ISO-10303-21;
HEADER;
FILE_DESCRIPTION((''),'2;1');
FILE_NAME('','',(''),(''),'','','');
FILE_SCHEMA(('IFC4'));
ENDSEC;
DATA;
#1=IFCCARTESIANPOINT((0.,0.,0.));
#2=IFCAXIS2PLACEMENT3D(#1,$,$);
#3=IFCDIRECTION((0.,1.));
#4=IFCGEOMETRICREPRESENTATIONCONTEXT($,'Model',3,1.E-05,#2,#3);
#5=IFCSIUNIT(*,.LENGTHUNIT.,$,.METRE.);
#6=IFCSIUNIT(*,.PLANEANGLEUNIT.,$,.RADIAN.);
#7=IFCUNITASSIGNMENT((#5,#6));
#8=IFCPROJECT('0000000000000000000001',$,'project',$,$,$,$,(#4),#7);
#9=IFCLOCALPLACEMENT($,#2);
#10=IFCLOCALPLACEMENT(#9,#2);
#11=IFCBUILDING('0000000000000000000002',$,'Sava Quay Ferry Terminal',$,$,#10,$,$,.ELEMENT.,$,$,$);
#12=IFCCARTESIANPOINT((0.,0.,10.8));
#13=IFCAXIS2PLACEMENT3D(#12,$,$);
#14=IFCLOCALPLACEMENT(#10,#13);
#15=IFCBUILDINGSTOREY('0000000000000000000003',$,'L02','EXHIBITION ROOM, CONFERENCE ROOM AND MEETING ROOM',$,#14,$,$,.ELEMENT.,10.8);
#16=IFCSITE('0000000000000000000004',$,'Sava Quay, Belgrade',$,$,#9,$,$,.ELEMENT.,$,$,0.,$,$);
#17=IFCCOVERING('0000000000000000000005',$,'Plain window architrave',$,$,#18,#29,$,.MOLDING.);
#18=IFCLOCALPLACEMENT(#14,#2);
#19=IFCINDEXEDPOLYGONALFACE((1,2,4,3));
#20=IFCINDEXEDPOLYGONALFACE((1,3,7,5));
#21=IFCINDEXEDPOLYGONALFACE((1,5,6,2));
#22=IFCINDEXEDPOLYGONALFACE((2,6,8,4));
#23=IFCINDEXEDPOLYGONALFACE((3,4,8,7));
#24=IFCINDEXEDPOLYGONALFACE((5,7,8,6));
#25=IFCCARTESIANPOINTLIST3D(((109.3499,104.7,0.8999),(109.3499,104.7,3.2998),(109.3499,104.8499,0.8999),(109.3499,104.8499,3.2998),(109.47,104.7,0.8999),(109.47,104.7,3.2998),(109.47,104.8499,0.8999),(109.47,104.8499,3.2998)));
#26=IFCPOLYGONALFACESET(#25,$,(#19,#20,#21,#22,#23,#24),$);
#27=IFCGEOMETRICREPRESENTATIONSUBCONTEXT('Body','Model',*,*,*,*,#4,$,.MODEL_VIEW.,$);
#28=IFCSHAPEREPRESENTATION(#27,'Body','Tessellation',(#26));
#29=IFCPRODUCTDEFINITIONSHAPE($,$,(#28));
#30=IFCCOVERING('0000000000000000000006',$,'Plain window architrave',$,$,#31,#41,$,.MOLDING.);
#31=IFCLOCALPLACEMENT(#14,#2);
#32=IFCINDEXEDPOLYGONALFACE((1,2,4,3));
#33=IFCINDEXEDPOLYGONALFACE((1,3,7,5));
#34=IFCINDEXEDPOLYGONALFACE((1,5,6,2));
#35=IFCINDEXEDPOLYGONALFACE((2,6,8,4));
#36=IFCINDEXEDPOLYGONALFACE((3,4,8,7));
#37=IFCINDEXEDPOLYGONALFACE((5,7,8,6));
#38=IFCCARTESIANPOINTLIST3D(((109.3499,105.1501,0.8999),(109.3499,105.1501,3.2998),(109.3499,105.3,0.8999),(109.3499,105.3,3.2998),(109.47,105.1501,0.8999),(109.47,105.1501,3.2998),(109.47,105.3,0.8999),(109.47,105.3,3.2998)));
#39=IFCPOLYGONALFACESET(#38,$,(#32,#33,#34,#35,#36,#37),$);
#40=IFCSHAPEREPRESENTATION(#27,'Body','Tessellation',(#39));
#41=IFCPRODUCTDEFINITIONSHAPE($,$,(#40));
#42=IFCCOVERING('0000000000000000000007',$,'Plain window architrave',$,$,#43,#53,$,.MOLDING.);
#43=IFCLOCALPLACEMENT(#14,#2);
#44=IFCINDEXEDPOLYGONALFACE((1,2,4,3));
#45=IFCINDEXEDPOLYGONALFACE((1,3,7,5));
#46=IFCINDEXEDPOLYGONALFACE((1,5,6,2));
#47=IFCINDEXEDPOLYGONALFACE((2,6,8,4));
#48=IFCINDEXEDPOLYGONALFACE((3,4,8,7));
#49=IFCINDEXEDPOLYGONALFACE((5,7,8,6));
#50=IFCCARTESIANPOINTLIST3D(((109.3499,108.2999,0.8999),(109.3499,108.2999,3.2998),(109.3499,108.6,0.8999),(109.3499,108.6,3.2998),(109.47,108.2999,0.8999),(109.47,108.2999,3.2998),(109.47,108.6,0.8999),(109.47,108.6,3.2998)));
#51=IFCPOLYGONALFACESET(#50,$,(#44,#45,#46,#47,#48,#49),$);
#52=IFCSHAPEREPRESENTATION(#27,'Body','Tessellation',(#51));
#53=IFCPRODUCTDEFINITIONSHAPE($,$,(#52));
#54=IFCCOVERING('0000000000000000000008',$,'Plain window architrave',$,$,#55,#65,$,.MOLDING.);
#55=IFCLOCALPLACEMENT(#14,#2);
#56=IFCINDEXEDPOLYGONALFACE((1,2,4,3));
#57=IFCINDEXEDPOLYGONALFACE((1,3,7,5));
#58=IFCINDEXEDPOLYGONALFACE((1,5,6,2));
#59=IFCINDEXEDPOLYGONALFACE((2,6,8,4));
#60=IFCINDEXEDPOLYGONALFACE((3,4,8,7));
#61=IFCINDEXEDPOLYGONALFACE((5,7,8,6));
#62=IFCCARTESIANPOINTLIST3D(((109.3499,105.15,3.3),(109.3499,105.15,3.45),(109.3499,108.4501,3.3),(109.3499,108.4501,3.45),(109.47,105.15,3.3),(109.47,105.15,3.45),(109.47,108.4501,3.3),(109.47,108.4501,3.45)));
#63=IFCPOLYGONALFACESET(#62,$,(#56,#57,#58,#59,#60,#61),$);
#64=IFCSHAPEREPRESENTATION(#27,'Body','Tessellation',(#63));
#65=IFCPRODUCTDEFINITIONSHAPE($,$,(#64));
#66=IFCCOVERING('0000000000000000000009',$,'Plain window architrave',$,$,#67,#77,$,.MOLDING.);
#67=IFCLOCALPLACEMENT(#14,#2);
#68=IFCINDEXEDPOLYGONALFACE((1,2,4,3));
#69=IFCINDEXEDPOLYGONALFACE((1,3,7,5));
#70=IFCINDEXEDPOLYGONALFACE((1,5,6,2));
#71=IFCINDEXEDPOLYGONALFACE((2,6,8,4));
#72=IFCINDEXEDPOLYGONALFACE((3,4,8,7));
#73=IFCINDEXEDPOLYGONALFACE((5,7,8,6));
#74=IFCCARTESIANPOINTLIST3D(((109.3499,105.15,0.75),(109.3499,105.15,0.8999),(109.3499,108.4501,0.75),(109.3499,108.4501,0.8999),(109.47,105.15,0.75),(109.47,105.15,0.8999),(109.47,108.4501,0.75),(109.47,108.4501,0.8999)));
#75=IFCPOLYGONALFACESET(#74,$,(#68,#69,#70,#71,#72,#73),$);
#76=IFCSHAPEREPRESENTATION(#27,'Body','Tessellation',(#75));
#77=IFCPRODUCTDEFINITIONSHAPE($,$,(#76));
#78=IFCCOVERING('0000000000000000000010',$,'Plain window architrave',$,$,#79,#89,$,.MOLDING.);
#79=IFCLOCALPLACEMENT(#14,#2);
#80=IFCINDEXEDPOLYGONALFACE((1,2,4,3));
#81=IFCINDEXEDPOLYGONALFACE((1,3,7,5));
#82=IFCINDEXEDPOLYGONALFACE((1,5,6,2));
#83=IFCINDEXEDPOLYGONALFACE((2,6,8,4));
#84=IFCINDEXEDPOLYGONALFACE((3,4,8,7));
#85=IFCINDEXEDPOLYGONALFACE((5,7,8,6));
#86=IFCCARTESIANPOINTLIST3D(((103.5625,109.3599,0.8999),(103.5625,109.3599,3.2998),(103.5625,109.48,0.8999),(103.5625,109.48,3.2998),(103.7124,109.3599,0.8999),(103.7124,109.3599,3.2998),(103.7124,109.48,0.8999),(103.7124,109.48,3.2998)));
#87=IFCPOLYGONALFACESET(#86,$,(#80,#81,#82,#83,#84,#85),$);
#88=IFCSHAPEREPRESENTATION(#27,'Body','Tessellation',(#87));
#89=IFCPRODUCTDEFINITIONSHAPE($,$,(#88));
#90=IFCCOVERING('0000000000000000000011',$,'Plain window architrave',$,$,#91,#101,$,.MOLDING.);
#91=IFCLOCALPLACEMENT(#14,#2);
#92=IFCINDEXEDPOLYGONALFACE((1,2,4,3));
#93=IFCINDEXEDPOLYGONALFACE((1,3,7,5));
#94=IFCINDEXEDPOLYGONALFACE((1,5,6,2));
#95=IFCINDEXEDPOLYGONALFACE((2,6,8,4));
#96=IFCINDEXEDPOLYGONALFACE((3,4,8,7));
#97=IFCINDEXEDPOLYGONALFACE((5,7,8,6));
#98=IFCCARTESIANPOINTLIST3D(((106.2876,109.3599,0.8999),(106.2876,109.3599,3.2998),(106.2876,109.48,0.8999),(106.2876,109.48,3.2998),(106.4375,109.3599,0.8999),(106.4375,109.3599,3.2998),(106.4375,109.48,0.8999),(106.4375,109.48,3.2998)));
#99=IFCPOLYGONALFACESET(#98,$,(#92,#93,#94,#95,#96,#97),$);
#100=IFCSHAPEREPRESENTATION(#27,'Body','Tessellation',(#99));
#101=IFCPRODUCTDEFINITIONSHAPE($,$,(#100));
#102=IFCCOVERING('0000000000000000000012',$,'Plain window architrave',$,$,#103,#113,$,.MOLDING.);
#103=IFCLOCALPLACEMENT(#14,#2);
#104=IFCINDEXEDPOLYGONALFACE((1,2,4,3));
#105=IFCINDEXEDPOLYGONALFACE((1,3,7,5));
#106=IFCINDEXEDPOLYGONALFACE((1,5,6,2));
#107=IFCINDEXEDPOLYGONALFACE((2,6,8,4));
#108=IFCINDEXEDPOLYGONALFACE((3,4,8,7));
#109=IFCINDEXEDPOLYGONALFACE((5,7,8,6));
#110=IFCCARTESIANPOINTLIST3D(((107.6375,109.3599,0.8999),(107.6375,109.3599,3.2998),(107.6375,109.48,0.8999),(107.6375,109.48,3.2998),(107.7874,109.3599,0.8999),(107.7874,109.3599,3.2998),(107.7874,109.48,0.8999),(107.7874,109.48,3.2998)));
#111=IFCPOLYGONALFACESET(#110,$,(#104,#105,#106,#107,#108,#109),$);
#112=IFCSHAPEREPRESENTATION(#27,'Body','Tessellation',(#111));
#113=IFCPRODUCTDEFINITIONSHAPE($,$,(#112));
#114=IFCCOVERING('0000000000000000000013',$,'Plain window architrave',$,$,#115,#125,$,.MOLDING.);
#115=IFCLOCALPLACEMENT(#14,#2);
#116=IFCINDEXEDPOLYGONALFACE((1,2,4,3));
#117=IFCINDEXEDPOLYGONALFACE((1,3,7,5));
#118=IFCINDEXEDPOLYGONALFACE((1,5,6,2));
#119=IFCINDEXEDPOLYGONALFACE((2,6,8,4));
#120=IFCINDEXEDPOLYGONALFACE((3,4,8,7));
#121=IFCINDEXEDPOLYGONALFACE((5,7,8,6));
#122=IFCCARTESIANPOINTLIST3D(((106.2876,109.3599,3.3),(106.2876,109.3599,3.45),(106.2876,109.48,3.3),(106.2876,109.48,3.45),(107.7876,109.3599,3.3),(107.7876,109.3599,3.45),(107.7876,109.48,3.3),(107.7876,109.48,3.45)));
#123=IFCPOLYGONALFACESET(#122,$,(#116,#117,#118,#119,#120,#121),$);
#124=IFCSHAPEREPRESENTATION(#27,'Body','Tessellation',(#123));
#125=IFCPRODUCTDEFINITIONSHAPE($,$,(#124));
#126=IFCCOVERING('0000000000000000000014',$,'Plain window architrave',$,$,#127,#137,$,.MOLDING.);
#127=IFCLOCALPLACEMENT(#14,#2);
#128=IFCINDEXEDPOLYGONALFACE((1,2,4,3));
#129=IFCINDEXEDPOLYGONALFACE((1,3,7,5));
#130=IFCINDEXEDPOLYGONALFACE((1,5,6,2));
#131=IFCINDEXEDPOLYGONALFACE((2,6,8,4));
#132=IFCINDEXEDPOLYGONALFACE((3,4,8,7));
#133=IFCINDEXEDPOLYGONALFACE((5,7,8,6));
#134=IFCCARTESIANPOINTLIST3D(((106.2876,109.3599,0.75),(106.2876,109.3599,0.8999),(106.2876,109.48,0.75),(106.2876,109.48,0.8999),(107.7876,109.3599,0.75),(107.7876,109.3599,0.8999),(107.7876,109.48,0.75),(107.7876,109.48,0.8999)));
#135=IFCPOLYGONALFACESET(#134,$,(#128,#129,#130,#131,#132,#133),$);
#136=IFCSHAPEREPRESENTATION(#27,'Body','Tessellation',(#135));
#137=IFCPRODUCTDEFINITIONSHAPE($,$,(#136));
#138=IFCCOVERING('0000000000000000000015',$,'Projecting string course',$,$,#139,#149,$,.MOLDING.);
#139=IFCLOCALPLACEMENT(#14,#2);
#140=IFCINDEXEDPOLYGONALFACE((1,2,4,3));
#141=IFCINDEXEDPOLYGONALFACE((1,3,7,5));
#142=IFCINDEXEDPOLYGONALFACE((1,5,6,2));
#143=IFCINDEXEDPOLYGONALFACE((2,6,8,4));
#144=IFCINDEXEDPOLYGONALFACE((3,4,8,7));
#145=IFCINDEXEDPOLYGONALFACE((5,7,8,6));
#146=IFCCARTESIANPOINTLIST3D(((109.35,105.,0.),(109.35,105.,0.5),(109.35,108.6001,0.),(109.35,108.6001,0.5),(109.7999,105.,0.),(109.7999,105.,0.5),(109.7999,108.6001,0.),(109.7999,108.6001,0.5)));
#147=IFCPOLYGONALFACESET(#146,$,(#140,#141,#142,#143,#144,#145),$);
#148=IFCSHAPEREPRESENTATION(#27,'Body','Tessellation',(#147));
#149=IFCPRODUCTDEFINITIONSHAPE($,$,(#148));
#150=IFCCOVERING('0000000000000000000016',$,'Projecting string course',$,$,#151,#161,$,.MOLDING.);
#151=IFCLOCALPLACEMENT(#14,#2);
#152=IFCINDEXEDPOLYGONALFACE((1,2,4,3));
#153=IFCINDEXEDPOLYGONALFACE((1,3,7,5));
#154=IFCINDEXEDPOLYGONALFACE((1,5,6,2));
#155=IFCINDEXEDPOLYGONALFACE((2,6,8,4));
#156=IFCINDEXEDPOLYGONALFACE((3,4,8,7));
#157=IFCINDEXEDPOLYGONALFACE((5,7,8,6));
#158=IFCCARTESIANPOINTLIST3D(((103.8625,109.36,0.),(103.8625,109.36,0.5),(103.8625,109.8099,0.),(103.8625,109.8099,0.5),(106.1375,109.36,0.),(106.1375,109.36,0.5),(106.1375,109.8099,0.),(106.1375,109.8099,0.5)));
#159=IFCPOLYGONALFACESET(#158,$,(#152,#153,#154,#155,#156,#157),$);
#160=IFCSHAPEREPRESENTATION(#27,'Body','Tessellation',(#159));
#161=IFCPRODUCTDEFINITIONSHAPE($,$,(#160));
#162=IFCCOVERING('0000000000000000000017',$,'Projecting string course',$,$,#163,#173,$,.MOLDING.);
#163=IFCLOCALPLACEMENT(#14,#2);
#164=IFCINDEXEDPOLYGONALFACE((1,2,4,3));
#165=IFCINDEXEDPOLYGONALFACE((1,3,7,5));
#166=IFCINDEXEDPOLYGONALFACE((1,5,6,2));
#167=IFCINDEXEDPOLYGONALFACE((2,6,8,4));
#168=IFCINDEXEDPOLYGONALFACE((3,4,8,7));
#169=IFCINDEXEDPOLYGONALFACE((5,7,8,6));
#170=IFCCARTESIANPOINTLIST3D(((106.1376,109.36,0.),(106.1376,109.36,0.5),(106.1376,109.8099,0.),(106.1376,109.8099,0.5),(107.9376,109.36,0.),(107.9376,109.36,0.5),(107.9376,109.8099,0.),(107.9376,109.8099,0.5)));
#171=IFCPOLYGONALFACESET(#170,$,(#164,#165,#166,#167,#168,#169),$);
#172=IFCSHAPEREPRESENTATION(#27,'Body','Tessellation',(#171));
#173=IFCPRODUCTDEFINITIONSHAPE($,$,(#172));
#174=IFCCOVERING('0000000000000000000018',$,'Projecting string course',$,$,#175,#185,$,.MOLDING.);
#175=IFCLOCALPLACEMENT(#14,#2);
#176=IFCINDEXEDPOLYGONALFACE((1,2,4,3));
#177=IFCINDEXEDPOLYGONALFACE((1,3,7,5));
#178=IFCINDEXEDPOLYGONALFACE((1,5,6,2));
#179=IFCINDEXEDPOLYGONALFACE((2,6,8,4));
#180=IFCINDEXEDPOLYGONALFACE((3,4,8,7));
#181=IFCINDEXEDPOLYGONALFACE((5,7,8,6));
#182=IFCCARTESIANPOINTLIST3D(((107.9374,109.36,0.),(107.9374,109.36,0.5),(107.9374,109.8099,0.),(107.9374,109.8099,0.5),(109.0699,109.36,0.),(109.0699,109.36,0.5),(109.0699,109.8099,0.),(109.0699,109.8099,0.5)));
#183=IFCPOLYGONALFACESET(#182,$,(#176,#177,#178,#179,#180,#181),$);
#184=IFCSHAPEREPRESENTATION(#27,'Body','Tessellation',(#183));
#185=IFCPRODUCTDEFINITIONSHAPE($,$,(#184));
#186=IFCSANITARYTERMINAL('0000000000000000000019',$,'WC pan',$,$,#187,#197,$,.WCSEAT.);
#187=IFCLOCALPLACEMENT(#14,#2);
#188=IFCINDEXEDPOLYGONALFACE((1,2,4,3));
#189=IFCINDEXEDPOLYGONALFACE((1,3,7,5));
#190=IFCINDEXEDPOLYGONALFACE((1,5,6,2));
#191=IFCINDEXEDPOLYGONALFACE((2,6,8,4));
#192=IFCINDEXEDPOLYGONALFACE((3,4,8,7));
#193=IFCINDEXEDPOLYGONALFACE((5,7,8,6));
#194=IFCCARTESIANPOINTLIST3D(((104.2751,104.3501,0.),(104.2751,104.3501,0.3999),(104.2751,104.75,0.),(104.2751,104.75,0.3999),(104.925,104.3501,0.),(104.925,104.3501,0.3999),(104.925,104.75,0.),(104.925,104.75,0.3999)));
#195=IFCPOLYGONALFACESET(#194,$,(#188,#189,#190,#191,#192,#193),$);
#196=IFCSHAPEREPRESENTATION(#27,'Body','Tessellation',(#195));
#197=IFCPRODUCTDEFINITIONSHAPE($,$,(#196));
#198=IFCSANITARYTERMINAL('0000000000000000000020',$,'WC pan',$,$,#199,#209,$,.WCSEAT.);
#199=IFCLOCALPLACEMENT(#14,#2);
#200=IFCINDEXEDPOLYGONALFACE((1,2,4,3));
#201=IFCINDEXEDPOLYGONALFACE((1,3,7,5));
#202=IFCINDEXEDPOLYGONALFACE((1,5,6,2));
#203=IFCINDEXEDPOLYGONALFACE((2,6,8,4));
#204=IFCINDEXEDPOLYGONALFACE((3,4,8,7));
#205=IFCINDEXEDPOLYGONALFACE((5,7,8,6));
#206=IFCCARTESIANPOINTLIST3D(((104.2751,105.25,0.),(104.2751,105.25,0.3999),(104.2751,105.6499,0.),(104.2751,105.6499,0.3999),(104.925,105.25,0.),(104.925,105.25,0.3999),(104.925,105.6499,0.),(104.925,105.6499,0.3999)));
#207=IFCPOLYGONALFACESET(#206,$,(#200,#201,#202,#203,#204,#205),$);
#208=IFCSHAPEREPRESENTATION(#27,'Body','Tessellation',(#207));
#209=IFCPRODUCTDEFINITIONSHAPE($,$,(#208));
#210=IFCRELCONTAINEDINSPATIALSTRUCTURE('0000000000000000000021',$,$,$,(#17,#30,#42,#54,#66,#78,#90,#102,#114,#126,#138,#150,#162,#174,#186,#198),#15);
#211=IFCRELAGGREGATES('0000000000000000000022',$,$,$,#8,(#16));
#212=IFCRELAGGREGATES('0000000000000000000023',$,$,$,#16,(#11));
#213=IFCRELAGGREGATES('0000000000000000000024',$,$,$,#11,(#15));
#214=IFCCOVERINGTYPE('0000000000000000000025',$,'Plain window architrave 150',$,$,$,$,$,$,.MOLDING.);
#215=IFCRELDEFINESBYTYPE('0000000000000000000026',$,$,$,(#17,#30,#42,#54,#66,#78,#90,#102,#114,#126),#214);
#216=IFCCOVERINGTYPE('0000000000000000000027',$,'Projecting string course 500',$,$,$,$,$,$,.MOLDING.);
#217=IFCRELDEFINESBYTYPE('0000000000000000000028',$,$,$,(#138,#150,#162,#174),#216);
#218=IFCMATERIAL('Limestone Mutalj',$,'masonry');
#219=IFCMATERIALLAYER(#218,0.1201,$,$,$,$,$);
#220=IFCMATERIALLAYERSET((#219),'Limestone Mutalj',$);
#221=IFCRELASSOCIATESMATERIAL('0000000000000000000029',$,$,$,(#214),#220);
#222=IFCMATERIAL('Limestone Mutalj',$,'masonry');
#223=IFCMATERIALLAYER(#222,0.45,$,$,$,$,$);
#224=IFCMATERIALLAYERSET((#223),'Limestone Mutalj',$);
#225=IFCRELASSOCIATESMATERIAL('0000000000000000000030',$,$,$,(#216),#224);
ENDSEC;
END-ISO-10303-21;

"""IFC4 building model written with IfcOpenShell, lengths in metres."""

from ifc_helpers import new_model, si_unit, direction, frame, origin, origin_2d, place, context, subcontext, project, spatial, rectangle, extrude, material, layer, layer_set, type_object, element, save


model = new_model("IFC4")

# Units and contexts
model_context = context("Model", 3, precision=1e-05, world=origin(), true_north=direction((0.0, 1.0)))
body_context = subcontext(model_context, "Body", "Model", "MODEL_VIEW")
ifc_project = project(units=[si_unit("LENGTHUNIT", "METRE"), si_unit("PLANEANGLEUNIT", "RADIAN")], contexts=[model_context])

# Site, building, storey
site_placement = place(None, origin())
site = spatial("IfcSite", under=ifc_project, at=site_placement, Name="Sava Quay, Belgrade", CompositionType="ELEMENT", RefElevation=0.0)
building_placement = place(site_placement, origin())
building = spatial("IfcBuilding", under=site, at=building_placement, Name="Sava Quay Ferry Terminal", CompositionType="ELEMENT")
storey_placement = place(building_placement, frame((0.0, 0.0, 10.8)))
storey = spatial("IfcBuildingStorey", under=building, at=storey_placement, Name="L02", Description="EXHIBITION ROOM, CONFERENCE ROOM AND MEETING ROOM", CompositionType="ELEMENT", Elevation=10.8)

# Coverings
ifc_material_1 = material(Name="Limestone Mutalj", Category="masonry")
ifc_layer_1 = layer(ifc_material_1, 0.1201)
ifc_layer_set_1 = layer_set([ifc_layer_1], Name="Limestone Mutalj")
covering_type_1 = type_object("IfcCoveringType", Name="Plain window architrave 150", PredefinedType="MOLDING", material=ifc_layer_set_1)
for number, where, z_axis, x_axis, name in (
    (1, (109.4099, 104.7749, 0.8999), (0.0, 0.0, 1.0), (1.0, 0.0, 0.0), "Plain window architrave"),
    (2, (109.4099, 105.2251, 0.8999), (0.0, 0.0, 1.0), (1.0, 0.0, 0.0), "Plain window architrave"),
):
    element("IfcCovering", number, at=place(storey_placement, frame(where, z_axis=z_axis, x_axis=x_axis)), inside=storey, type_object=covering_type_1, Name=name, PredefinedType="MOLDING", context=body_context, shape_type="SweptSolid", body=[
        extrude(rectangle(XDim=0.1201, YDim=0.1499, at=origin_2d()), origin(), (0.0, 0.0, 1.0), 2.3999),
    ])
covering_1_placement = place(storey_placement, frame((109.4099, 108.45, 0.8999), z_axis=(0.0, 0.0, 1.0), x_axis=(1.0, 0.0, 0.0)))
element("IfcCovering", 3, at=covering_1_placement, inside=storey, type_object=covering_type_1, Name="Plain window architrave", PredefinedType="MOLDING", context=body_context, shape_type="SweptSolid", body=[
    extrude(rectangle(XDim=0.1201, YDim=0.3, at=origin_2d()), origin(), (0.0, 0.0, 1.0), 2.3999),
])
for number, where, z_axis, x_axis, name in (
    (4, (109.4099, 106.8, 3.3), (0.0, 0.0, 1.0), (1.0, 0.0, 0.0), "Plain window architrave"),
    (5, (109.4099, 106.8, 0.75), (0.0, 0.0, 1.0), (1.0, 0.0, 0.0), "Plain window architrave"),
):
    element("IfcCovering", number, at=place(storey_placement, frame(where, z_axis=z_axis, x_axis=x_axis)), inside=storey, type_object=covering_type_1, Name=name, PredefinedType="MOLDING", context=body_context, shape_type="SweptSolid", body=[
        extrude(rectangle(XDim=0.1201, YDim=3.3, at=origin_2d()), origin(), (0.0, 0.0, 1.0), 0.1499),
    ])
for number, where, z_axis, x_axis, name in (
    (6, (103.6375, 109.4199, 0.8999), (0.0, 0.0, 1.0), (1.0, 0.0, 0.0), "Plain window architrave"),
    (7, (106.3625, 109.4199, 0.8999), (0.0, 0.0, 1.0), (1.0, 0.0, 0.0), "Plain window architrave"),
    (8, (107.7124, 109.4199, 0.8999), (0.0, 0.0, 1.0), (1.0, 0.0, 0.0), "Plain window architrave"),
):
    element("IfcCovering", number, at=place(storey_placement, frame(where, z_axis=z_axis, x_axis=x_axis)), inside=storey, type_object=covering_type_1, Name=name, PredefinedType="MOLDING", context=body_context, shape_type="SweptSolid", body=[
        extrude(rectangle(XDim=0.1499, YDim=0.1201, at=origin_2d()), origin(), (0.0, 0.0, 1.0), 2.3999),
    ])
for number, where, z_axis, x_axis, name in (
    (9, (107.0376, 109.4199, 3.3), (0.0, 0.0, 1.0), (1.0, 0.0, 0.0), "Plain window architrave"),
    (10, (107.0376, 109.4199, 0.75), (0.0, 0.0, 1.0), (1.0, 0.0, 0.0), "Plain window architrave"),
):
    element("IfcCovering", number, at=place(storey_placement, frame(where, z_axis=z_axis, x_axis=x_axis)), inside=storey, type_object=covering_type_1, Name=name, PredefinedType="MOLDING", context=body_context, shape_type="SweptSolid", body=[
        extrude(rectangle(XDim=1.5, YDim=0.1201, at=origin_2d()), origin(), (0.0, 0.0, 1.0), 0.1499),
    ])
ifc_material_2 = material(Name="Limestone Mutalj", Category="masonry")
ifc_layer_2 = layer(ifc_material_2, 0.45)
ifc_layer_set_2 = layer_set([ifc_layer_2], Name="Limestone Mutalj")
covering_type_2 = type_object("IfcCoveringType", Name="Projecting string course 500", PredefinedType="MOLDING", material=ifc_layer_set_2)
covering_2_placement = place(storey_placement, frame((109.575, 106.8, 0.0), z_axis=(0.0, 0.0, 1.0), x_axis=(1.0, 0.0, 0.0)))
element("IfcCovering", 11, at=covering_2_placement, inside=storey, type_object=covering_type_2, Name="Projecting string course", PredefinedType="MOLDING", context=body_context, shape_type="SweptSolid", body=[
    extrude(rectangle(XDim=0.45, YDim=3.6001, at=origin_2d()), origin(), (0.0, 0.0, 1.0), 0.5),
])
covering_3_placement = place(storey_placement, frame((105.0, 109.585, 0.0), z_axis=(0.0, 0.0, 1.0), x_axis=(1.0, 0.0, 0.0)))
element("IfcCovering", 12, at=covering_3_placement, inside=storey, type_object=covering_type_2, Name="Projecting string course", PredefinedType="MOLDING", context=body_context, shape_type="SweptSolid", body=[
    extrude(rectangle(XDim=2.2749, YDim=0.45, at=origin_2d()), origin(), (0.0, 0.0, 1.0), 0.5),
])
covering_4_placement = place(storey_placement, frame((107.0376, 109.585, 0.0), z_axis=(0.0, 0.0, 1.0), x_axis=(1.0, 0.0, 0.0)))
element("IfcCovering", 13, at=covering_4_placement, inside=storey, type_object=covering_type_2, Name="Projecting string course", PredefinedType="MOLDING", context=body_context, shape_type="SweptSolid", body=[
    extrude(rectangle(XDim=1.8, YDim=0.45, at=origin_2d()), origin(), (0.0, 0.0, 1.0), 0.5),
])
covering_5_placement = place(storey_placement, frame((108.5037, 109.585, 0.0), z_axis=(0.0, 0.0, 1.0), x_axis=(1.0, 0.0, 0.0)))
element("IfcCovering", 14, at=covering_5_placement, inside=storey, type_object=covering_type_2, Name="Projecting string course", PredefinedType="MOLDING", context=body_context, shape_type="SweptSolid", body=[
    extrude(rectangle(XDim=1.1326, YDim=0.45, at=origin_2d()), origin(), (0.0, 0.0, 1.0), 0.5),
])

# Sanitary terminals
for number, where, z_axis, x_axis, name in (
    (15, (104.6001, 104.55, 0.0), (0.0, 0.0, 1.0), (1.0, 0.0, 0.0), "WC pan"),
    (16, (104.6001, 105.45, 0.0), (0.0, 0.0, 1.0), (1.0, 0.0, 0.0), "WC pan"),
):
    element("IfcSanitaryTerminal", number, at=place(storey_placement, frame(where, z_axis=z_axis, x_axis=x_axis)), inside=storey, Name=name, PredefinedType="WCSEAT", context=body_context, shape_type="SweptSolid", body=[
        extrude(rectangle(XDim=0.6499, YDim=0.3999, at=origin_2d()), origin(), (0.0, 0.0, 1.0), 0.3999),
    ])

save(model, "model.ifc")
